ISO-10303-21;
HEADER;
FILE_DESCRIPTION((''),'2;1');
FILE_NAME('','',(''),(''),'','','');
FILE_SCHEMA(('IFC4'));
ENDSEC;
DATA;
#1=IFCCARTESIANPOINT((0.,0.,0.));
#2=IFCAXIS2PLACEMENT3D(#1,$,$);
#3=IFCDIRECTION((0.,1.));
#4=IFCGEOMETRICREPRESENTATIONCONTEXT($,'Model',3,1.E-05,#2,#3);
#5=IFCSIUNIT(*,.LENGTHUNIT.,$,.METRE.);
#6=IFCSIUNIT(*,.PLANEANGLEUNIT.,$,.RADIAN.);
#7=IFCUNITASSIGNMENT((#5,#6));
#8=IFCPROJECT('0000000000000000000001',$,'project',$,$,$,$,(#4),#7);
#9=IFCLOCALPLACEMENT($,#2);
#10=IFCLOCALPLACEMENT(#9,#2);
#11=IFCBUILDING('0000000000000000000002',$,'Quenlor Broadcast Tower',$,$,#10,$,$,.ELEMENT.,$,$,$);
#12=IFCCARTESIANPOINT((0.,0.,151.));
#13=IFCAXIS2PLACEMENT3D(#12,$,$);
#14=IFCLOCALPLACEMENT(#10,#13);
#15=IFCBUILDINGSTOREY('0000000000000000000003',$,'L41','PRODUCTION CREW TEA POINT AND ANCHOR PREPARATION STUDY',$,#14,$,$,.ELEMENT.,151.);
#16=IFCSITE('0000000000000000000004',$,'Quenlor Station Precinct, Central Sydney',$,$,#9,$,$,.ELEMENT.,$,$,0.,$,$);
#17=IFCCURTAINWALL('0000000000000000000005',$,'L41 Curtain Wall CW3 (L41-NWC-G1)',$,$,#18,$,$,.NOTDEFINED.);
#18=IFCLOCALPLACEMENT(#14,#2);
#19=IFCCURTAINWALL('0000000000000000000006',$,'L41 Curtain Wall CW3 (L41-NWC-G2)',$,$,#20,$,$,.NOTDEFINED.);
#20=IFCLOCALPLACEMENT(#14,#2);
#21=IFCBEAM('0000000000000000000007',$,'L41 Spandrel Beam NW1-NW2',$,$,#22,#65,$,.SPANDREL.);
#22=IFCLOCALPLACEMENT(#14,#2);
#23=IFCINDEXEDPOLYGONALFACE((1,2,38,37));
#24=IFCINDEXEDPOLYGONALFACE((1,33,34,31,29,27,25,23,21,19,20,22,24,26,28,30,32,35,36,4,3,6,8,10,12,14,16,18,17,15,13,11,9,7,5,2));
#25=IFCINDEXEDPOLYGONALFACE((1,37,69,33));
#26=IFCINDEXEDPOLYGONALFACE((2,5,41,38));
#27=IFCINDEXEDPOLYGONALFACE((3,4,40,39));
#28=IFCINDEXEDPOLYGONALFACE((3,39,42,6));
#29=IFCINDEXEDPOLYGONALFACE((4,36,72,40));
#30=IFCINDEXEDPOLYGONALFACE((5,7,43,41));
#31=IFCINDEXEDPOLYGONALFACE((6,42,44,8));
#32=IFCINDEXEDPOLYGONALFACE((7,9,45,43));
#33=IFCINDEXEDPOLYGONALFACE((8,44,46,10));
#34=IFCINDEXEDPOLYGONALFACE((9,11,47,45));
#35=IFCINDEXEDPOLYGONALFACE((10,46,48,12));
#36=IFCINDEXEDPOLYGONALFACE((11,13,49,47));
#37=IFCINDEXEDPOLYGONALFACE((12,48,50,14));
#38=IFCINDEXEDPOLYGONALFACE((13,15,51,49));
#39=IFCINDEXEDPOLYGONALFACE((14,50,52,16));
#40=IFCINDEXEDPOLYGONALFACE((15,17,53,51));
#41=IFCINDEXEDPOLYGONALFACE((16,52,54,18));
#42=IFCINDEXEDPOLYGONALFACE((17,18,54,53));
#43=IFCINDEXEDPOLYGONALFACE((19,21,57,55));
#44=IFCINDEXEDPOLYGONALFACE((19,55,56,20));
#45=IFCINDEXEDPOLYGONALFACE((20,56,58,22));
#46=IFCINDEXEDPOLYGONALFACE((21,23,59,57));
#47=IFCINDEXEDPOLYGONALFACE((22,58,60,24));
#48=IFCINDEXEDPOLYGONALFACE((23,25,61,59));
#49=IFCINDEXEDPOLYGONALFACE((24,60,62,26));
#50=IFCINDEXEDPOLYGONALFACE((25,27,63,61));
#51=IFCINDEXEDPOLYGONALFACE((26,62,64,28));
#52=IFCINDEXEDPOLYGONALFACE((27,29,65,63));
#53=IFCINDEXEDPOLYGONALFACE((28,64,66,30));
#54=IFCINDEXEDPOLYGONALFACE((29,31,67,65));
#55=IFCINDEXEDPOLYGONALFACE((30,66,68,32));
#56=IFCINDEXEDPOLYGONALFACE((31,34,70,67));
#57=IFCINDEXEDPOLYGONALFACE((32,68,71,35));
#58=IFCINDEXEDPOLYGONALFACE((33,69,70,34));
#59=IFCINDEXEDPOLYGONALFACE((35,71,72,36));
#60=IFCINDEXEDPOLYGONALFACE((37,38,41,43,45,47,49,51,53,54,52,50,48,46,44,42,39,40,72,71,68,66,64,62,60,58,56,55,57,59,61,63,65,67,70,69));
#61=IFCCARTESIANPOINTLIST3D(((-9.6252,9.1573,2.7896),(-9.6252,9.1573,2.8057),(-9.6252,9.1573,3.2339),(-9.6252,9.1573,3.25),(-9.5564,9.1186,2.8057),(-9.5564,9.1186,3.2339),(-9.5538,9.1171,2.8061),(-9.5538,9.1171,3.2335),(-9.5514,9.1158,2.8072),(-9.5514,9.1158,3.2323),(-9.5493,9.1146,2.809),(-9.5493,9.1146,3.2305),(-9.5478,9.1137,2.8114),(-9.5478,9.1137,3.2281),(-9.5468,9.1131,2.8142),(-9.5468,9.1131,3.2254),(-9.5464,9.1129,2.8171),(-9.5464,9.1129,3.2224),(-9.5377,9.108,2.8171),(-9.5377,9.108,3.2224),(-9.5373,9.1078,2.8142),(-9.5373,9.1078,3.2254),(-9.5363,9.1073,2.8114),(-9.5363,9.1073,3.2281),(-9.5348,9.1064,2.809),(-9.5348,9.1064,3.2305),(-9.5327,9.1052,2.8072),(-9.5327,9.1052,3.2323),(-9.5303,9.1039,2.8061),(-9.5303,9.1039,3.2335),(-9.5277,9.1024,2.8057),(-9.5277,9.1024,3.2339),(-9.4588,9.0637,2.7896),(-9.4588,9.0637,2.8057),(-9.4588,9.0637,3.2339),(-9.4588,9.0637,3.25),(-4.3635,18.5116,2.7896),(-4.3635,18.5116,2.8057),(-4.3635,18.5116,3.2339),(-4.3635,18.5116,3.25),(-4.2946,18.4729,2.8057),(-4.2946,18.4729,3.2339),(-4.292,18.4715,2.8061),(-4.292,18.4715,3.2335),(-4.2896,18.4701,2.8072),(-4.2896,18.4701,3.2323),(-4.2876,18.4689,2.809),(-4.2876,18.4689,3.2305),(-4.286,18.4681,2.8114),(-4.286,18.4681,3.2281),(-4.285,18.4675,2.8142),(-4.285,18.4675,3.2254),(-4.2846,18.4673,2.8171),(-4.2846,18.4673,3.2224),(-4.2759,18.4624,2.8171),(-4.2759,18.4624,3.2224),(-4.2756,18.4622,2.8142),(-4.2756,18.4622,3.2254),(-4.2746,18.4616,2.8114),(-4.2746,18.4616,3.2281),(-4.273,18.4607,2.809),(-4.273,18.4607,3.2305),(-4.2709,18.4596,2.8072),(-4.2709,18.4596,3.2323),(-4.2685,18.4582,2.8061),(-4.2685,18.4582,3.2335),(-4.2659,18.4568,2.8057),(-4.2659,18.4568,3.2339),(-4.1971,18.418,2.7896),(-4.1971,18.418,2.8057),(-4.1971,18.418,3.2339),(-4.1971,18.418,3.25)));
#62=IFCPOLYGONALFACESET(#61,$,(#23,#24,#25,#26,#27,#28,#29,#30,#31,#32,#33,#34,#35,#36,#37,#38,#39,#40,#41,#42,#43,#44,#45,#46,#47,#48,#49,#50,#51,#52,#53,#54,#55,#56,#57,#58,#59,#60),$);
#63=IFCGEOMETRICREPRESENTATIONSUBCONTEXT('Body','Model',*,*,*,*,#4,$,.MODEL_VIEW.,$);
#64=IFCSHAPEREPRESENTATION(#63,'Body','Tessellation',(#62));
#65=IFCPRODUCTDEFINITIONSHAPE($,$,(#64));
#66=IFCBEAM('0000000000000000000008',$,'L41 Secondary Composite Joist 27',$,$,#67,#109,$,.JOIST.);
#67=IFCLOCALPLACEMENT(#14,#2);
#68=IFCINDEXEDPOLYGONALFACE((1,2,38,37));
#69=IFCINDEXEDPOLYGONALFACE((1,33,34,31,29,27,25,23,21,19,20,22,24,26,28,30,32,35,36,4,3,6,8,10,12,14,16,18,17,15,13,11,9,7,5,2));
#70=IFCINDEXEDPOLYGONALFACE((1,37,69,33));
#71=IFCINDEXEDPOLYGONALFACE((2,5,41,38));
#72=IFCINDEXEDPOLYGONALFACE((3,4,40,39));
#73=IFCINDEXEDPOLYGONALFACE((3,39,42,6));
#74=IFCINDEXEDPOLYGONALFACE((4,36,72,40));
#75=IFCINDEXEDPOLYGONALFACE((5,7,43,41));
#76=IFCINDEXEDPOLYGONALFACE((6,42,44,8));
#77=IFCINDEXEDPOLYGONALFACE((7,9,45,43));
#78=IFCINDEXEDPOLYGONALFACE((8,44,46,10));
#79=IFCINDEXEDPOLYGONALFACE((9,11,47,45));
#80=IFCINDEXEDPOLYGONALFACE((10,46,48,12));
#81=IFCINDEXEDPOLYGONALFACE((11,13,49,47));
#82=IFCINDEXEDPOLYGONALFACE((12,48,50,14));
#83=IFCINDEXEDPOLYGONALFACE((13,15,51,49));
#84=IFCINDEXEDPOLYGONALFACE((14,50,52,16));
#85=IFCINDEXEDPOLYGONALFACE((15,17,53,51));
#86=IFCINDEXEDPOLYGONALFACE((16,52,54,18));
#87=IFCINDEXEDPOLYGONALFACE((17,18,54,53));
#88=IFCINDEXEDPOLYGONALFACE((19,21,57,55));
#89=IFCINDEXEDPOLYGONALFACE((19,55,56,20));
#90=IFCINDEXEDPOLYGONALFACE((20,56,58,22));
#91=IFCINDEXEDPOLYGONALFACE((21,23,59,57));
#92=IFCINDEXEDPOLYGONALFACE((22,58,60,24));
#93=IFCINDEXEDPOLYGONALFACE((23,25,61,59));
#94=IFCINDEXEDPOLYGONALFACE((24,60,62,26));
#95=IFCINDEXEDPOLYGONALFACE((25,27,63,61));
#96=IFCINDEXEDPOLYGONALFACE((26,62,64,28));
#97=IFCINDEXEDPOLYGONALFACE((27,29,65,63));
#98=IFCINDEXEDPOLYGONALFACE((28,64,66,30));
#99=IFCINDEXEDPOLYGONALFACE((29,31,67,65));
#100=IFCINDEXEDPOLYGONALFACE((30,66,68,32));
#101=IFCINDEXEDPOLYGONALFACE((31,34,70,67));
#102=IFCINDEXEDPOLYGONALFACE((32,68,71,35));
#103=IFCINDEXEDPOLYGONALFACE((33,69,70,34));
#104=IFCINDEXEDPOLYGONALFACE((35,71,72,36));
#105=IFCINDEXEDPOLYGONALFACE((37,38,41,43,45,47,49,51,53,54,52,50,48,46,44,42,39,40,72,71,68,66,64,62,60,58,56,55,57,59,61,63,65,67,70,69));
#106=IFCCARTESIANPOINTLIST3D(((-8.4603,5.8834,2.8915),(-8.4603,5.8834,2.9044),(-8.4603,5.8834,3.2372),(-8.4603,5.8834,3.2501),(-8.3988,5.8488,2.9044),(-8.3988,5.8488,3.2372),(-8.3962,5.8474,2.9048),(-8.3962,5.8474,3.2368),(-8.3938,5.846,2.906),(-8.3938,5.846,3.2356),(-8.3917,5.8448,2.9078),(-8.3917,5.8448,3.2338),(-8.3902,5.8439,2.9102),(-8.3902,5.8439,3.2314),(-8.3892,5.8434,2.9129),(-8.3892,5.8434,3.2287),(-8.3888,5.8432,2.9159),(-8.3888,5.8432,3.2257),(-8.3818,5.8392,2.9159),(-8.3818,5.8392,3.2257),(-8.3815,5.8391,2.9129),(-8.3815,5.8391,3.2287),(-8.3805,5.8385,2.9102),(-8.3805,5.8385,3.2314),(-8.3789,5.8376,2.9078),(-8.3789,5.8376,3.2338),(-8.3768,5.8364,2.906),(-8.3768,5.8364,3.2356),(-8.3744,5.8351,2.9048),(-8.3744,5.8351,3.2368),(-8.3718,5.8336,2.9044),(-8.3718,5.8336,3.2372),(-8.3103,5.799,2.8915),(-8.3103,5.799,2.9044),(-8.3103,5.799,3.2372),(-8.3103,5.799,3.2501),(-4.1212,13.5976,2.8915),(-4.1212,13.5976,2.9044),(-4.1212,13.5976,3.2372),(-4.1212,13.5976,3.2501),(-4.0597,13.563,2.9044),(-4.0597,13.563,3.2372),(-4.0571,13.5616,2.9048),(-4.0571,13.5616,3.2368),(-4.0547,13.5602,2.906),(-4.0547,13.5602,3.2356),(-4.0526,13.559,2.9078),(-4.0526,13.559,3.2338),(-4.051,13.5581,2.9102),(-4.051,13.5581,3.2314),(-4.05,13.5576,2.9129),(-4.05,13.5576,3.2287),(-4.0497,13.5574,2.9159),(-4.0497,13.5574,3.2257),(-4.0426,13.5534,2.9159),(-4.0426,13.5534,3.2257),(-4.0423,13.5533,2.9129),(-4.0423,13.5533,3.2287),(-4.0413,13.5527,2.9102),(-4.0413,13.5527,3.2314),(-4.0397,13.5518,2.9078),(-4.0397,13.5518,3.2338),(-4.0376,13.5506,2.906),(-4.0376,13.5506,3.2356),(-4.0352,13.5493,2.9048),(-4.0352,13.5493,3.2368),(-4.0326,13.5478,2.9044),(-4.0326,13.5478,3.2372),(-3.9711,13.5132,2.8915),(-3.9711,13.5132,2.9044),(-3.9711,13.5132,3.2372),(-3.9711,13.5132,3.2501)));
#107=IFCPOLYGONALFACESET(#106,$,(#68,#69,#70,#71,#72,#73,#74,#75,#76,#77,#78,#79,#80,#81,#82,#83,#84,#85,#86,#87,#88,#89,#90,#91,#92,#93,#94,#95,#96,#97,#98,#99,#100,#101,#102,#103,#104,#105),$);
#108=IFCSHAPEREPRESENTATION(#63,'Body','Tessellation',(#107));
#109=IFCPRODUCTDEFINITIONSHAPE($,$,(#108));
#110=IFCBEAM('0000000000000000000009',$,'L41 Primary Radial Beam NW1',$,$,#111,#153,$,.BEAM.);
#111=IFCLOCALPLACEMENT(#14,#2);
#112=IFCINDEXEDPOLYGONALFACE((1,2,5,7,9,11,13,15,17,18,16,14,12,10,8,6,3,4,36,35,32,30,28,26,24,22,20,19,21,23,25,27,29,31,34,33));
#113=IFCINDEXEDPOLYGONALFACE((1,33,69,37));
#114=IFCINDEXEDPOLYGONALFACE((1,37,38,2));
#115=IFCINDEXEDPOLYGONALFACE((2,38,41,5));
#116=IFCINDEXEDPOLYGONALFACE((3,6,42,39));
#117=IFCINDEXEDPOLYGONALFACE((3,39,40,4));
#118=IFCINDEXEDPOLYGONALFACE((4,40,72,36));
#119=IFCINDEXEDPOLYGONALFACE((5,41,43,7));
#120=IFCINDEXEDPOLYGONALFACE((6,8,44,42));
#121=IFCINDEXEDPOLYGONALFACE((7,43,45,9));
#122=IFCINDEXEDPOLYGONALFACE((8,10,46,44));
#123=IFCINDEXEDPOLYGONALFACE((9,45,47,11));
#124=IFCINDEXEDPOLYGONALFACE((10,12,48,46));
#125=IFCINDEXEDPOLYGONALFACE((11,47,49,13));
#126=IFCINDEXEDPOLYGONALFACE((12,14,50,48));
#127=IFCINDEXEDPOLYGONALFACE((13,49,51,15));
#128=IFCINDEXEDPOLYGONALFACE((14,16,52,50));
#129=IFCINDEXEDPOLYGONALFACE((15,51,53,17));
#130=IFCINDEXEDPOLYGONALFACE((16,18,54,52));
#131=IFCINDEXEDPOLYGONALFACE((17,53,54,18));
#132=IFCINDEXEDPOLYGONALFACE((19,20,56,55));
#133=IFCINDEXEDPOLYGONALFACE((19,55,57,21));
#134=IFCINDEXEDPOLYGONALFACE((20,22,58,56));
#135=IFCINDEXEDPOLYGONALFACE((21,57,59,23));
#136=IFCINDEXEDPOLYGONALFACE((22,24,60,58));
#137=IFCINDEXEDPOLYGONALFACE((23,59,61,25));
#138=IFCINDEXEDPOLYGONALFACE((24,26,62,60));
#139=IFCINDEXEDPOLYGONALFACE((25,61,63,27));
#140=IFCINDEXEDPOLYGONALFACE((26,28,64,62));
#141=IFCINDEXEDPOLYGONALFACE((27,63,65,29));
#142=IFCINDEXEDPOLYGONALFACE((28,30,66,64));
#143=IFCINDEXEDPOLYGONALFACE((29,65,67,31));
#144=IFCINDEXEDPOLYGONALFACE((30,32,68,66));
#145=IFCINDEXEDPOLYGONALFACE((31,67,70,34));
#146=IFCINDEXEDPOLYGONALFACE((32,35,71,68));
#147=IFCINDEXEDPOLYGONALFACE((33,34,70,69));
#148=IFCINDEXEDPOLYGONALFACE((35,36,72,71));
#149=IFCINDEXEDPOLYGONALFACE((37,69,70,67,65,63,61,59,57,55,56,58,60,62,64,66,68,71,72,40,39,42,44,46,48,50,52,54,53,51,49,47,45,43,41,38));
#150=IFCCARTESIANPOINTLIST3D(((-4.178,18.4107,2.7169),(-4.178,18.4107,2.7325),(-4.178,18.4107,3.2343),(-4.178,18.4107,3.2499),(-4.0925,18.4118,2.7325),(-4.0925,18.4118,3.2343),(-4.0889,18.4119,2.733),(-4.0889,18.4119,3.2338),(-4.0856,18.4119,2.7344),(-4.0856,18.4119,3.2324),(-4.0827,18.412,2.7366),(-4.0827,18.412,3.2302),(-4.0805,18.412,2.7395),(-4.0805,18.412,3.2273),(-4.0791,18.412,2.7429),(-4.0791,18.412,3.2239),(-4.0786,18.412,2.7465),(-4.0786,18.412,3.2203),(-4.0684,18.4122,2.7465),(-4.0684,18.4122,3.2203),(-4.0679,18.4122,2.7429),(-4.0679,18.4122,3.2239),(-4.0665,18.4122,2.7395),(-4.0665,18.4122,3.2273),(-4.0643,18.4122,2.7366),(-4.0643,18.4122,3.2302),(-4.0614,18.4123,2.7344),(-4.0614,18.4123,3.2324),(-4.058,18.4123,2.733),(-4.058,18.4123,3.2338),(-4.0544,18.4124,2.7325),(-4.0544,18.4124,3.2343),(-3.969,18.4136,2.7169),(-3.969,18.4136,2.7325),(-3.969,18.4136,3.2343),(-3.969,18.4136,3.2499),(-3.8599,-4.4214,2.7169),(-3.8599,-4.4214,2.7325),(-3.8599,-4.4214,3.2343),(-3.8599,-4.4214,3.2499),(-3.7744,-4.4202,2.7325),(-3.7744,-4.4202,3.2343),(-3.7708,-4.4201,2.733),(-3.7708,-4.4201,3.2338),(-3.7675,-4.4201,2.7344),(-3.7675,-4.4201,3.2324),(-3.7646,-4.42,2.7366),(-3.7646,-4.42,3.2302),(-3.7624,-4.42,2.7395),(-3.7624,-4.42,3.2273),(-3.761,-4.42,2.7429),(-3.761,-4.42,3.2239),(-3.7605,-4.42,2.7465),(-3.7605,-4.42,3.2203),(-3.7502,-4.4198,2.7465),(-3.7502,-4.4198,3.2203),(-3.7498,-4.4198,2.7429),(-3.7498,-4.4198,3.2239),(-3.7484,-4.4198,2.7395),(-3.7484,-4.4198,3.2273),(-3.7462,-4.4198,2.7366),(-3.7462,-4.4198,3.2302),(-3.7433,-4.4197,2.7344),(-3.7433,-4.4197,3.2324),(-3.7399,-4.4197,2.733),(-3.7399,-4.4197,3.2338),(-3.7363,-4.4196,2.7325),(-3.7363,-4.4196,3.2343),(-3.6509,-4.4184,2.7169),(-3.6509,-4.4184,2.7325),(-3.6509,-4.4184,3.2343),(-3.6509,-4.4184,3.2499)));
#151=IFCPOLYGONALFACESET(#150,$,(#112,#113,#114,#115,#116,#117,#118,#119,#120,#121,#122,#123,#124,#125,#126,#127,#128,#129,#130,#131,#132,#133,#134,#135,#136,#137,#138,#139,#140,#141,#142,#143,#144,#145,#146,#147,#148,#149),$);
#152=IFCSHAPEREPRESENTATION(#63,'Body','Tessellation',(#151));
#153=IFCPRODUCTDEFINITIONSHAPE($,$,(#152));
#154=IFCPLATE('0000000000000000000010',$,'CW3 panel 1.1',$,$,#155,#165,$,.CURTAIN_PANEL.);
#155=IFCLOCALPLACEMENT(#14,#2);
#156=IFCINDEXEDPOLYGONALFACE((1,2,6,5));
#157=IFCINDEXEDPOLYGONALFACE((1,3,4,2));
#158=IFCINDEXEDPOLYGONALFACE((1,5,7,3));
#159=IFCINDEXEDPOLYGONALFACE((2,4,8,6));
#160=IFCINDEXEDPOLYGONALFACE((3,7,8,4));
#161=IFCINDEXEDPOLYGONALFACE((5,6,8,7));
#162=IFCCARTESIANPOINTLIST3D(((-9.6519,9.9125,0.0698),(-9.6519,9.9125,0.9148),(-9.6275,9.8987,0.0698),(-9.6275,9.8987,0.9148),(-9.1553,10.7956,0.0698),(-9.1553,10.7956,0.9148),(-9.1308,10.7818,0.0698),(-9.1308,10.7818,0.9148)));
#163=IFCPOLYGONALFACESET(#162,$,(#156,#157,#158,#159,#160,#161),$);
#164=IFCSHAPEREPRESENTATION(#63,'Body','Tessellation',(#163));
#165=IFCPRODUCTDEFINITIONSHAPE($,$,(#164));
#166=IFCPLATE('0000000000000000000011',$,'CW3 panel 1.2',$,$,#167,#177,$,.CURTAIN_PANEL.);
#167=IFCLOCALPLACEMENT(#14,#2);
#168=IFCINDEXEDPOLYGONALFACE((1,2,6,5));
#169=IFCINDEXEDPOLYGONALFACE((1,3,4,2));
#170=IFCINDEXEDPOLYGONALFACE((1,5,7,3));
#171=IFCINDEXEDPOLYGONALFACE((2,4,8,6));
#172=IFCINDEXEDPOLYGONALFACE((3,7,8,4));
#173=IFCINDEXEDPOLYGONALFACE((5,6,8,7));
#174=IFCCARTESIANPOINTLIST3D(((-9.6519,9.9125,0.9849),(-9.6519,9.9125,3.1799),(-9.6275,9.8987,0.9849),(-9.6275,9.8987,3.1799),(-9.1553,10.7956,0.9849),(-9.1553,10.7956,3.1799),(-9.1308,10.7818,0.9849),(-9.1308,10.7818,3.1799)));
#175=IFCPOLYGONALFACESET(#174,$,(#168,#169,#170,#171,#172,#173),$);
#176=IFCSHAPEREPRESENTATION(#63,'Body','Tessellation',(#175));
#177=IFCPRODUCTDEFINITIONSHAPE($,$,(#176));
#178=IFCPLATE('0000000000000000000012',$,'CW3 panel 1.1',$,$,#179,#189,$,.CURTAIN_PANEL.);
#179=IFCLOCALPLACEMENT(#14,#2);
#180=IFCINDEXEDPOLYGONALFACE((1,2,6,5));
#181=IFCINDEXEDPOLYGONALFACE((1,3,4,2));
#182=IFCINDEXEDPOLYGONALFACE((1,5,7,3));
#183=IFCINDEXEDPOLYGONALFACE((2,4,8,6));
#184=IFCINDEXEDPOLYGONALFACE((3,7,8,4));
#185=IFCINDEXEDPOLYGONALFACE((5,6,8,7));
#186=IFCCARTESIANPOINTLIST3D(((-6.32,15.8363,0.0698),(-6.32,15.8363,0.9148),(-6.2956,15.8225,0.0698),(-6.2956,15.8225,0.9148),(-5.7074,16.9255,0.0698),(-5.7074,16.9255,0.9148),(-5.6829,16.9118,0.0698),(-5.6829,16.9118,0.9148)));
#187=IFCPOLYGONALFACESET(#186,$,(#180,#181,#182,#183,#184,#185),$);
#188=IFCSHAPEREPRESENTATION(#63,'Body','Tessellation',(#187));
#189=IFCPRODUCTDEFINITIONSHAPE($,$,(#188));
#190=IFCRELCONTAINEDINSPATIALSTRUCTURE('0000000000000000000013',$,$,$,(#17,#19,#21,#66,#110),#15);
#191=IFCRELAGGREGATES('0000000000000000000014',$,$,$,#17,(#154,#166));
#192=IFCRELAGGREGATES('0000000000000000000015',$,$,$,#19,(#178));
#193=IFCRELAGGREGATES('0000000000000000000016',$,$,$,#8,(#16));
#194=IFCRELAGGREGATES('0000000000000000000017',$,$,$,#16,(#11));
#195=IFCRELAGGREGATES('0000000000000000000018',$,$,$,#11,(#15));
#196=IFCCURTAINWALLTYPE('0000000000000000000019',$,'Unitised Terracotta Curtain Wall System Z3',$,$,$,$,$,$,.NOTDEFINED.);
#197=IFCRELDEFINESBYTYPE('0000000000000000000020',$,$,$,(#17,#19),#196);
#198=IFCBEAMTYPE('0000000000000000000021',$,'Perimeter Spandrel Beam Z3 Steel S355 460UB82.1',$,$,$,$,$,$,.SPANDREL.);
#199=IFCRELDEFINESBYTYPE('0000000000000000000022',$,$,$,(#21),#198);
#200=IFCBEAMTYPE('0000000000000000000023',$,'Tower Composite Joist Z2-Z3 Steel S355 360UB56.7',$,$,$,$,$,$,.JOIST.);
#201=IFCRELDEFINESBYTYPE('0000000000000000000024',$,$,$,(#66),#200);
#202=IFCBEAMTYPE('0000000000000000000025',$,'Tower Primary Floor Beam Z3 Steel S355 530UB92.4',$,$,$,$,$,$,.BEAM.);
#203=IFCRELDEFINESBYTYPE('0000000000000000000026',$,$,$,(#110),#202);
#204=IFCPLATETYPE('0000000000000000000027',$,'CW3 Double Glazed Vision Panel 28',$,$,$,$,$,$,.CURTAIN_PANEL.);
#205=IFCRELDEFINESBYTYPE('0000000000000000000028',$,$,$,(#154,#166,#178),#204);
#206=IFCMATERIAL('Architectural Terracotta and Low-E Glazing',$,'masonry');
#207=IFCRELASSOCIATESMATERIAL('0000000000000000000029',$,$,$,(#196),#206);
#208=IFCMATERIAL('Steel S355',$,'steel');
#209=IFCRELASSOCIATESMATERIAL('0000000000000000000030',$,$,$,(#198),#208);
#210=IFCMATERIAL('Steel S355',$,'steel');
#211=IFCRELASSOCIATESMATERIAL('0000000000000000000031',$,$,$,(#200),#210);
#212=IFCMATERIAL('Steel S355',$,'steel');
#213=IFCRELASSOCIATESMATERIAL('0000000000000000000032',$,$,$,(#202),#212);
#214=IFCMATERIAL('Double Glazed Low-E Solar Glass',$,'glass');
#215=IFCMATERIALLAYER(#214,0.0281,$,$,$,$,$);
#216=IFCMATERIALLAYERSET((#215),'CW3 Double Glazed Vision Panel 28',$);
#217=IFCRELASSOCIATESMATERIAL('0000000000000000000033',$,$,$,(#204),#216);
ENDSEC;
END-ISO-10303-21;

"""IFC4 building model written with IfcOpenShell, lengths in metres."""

from ifc_helpers import new_model, si_unit, direction, frame, origin, origin_2d, place, context, subcontext, project, spatial, rectangle, i_section, extrude, material, layer, layer_set, material_profile, profile_set, type_object, element, aggregate, save


model = new_model("IFC4")

# Units and contexts
model_context = context("Model", 3, precision=1e-05, world=origin(), true_north=direction((0.0, 1.0)))
body_context = subcontext(model_context, "Body", "Model", "MODEL_VIEW")
ifc_project = project(units=[si_unit("LENGTHUNIT", "METRE"), si_unit("PLANEANGLEUNIT", "RADIAN")], contexts=[model_context])

# Site, building, storey
site_placement = place(None, origin())
site = spatial("IfcSite", under=ifc_project, at=site_placement, Name="Quenlor Station Precinct, Central Sydney", CompositionType="ELEMENT", RefElevation=0.0)
building_placement = place(site_placement, origin())
building = spatial("IfcBuilding", under=site, at=building_placement, Name="Quenlor Broadcast Tower", CompositionType="ELEMENT")
storey_placement = place(building_placement, frame((0.0, 0.0, 151.0)))
storey = spatial("IfcBuildingStorey", under=building, at=storey_placement, Name="L41", Description="PRODUCTION CREW TEA POINT AND ANCHOR PREPARATION STUDY", CompositionType="ELEMENT", Elevation=151.0)

# Curtain wall
ifc_material_1 = material(Name="Architectural Terracotta and Low-E Glazing", Category="masonry")
curtain_wall_type = type_object("IfcCurtainWallType", Name="Unitised Terracotta Curtain Wall System Z3", PredefinedType="NOTDEFINED", material=ifc_material_1)
curtain_wall_1_placement = place(storey_placement, origin())
curtain_wall_1 = element("IfcCurtainWall", 1, at=curtain_wall_1_placement, inside=storey, type_object=curtain_wall_type, Name="L41 Curtain Wall CW3 (L41-NWC-G1)", PredefinedType="NOTDEFINED")

# Curtain wall
curtain_wall_2_placement = place(storey_placement, origin())
curtain_wall_2 = element("IfcCurtainWall", 2, at=curtain_wall_2_placement, inside=storey, type_object=curtain_wall_type, Name="L41 Curtain Wall CW3 (L41-NWC-G2)", PredefinedType="NOTDEFINED")

# Beams
ifc_material_2 = material(Name="Steel S355", Category="steel")
ifc_material_profile_1 = material_profile(ifc_material_2, i_section(OverallWidth=0.1909, OverallDepth=0.4604, WebThickness=0.01, FlangeThickness=0.0161, FilletRadius=0.0115, at=origin_2d()))
ifc_profile_set_1 = profile_set([ifc_material_profile_1], Name="Steel S355 460UB82.1")
beam_type_1 = type_object("IfcBeamType", Name="Perimeter Spandrel Beam Z3 Steel S355 460UB82.1", PredefinedType="SPANDREL", material=ifc_profile_set_1)
beam_1_placement = place(storey_placement, frame((-4.2803, 18.4648, 3.0198), z_axis=(-0.490258, -0.871577, 0.0), x_axis=(0.871577, -0.490258, 0.0)))
element("IfcBeam", 3, at=beam_1_placement, inside=storey, type_object=beam_type_1, Name="L41 Spandrel Beam NW1-NW2", PredefinedType="SPANDREL", context=body_context, shape_type="SweptSolid", body=[
    extrude(i_section(OverallWidth=0.1909, OverallDepth=0.4604, WebThickness=0.01, FlangeThickness=0.0161, FilletRadius=0.0115, at=origin_2d()), origin(), (0.0, 0.0, 1.0), 10.7327),
])
ifc_material_3 = material(Name="Steel S355", Category="steel")
ifc_material_profile_2 = material_profile(ifc_material_3, i_section(OverallWidth=0.1721, OverallDepth=0.3586, WebThickness=0.0081, FlangeThickness=0.0129, FilletRadius=0.0115, at=origin_2d()))
ifc_profile_set_2 = profile_set([ifc_material_profile_2], Name="Steel S355 360UB56.7")
beam_type_2 = type_object("IfcBeamType", Name="Tower Composite Joist Z2-Z3 Steel S355 360UB56.7", PredefinedType="JOIST", material=ifc_profile_set_2)
beam_2_placement = place(storey_placement, frame((-4.0461, 13.5554, 3.0708), z_axis=(-0.490255, -0.871579, 0.0), x_axis=(0.871579, -0.490255, 0.0)))
element("IfcBeam", 4, at=beam_2_placement, inside=storey, type_object=beam_type_2, Name="L41 Secondary Composite Joist 27", PredefinedType="JOIST", context=body_context, shape_type="SweptSolid", body=[
    extrude(i_section(OverallWidth=0.1721, OverallDepth=0.3586, WebThickness=0.0081, FlangeThickness=0.0129, FilletRadius=0.0115, at=origin_2d()), origin(), (0.0, 0.0, 1.0), 8.8508),
])
ifc_material_4 = material(Name="Steel S355", Category="steel")
ifc_material_profile_3 = material_profile(ifc_material_4, i_section(OverallWidth=0.209, OverallDepth=0.533, WebThickness=0.0103, FlangeThickness=0.0156, FilletRadius=0.0139, at=origin_2d()))
ifc_profile_set_3 = profile_set([ifc_material_profile_3], Name="Steel S355 530UB92.4")
beam_type_3 = type_object("IfcBeamType", Name="Tower Primary Floor Beam Z3 Steel S355 530UB92.4", PredefinedType="BEAM", material=ifc_profile_set_3)
beam_3_placement = place(storey_placement, frame((-4.0735, 18.4121, 2.9834), z_axis=(0.013931, -0.999903, 0.0), x_axis=(0.999903, 0.013931, 0.0)))
element("IfcBeam", 5, at=beam_3_placement, inside=storey, type_object=beam_type_3, Name="L41 Primary Radial Beam NW1", PredefinedType="BEAM", context=body_context, shape_type="SweptSolid", body=[
    extrude(i_section(OverallWidth=0.209, OverallDepth=0.533, WebThickness=0.0103, FlangeThickness=0.0156, FilletRadius=0.0139, at=origin_2d()), origin(), (0.0, 0.0, 1.0), 22.8342),
])

# Plates
ifc_material_5 = material(Name="Double Glazed Low-E Solar Glass", Category="glass")
ifc_layer_1 = layer(ifc_material_5, 0.0281)
ifc_layer_set_1 = layer_set([ifc_layer_1], Name="CW3 Double Glazed Vision Panel 28")
plate_type_1 = type_object("IfcPlateType", Name="CW3 Double Glazed Vision Panel 28", PredefinedType="CURTAIN_PANEL", material=ifc_layer_set_1)
plate_1_placement = place(storey_placement, frame((-9.3914, 10.3472, 0.0698), z_axis=(0.0, 0.0, 1.0), x_axis=(0.490216, 0.871601, 0.0)))
plate_1 = element("IfcPlate", 6, at=plate_1_placement, type_object=plate_type_1, Name="CW3 panel 1.1", PredefinedType="CURTAIN_PANEL", context=body_context, shape_type="SweptSolid", body=[
    extrude(rectangle(XDim=1.0132, YDim=0.0281, at=origin_2d()), origin(), (0.0, 0.0, 1.0), 0.845),
])
plate_2_placement = place(storey_placement, frame((-9.3914, 10.3472, 0.9849), z_axis=(0.0, 0.0, 1.0), x_axis=(0.490216, 0.871601, 0.0)))
plate_2 = element("IfcPlate", 7, at=plate_2_placement, type_object=plate_type_1, Name="CW3 panel 1.2", PredefinedType="CURTAIN_PANEL", context=body_context, shape_type="SweptSolid", body=[
    extrude(rectangle(XDim=1.0132, YDim=0.0281, at=origin_2d()), origin(), (0.0, 0.0, 1.0), 2.1951),
])
aggregate(curtain_wall_1, [plate_1, plate_2])
plate_3_placement = place(storey_placement, frame((-6.0015, 16.374, 0.0698), z_axis=(0.0, 0.0, 1.0), x_axis=(0.49023, 0.871593, 0.0)))
plate_3 = element("IfcPlate", 8, at=plate_3_placement, type_object=plate_type_1, Name="CW3 panel 1.1", PredefinedType="CURTAIN_PANEL", context=body_context, shape_type="SweptSolid", body=[
    extrude(rectangle(XDim=1.2498, YDim=0.0281, at=origin_2d()), origin(), (0.0, 0.0, 1.0), 0.845),
])
aggregate(curtain_wall_2, [plate_3])

save(model, "model.ifc")
